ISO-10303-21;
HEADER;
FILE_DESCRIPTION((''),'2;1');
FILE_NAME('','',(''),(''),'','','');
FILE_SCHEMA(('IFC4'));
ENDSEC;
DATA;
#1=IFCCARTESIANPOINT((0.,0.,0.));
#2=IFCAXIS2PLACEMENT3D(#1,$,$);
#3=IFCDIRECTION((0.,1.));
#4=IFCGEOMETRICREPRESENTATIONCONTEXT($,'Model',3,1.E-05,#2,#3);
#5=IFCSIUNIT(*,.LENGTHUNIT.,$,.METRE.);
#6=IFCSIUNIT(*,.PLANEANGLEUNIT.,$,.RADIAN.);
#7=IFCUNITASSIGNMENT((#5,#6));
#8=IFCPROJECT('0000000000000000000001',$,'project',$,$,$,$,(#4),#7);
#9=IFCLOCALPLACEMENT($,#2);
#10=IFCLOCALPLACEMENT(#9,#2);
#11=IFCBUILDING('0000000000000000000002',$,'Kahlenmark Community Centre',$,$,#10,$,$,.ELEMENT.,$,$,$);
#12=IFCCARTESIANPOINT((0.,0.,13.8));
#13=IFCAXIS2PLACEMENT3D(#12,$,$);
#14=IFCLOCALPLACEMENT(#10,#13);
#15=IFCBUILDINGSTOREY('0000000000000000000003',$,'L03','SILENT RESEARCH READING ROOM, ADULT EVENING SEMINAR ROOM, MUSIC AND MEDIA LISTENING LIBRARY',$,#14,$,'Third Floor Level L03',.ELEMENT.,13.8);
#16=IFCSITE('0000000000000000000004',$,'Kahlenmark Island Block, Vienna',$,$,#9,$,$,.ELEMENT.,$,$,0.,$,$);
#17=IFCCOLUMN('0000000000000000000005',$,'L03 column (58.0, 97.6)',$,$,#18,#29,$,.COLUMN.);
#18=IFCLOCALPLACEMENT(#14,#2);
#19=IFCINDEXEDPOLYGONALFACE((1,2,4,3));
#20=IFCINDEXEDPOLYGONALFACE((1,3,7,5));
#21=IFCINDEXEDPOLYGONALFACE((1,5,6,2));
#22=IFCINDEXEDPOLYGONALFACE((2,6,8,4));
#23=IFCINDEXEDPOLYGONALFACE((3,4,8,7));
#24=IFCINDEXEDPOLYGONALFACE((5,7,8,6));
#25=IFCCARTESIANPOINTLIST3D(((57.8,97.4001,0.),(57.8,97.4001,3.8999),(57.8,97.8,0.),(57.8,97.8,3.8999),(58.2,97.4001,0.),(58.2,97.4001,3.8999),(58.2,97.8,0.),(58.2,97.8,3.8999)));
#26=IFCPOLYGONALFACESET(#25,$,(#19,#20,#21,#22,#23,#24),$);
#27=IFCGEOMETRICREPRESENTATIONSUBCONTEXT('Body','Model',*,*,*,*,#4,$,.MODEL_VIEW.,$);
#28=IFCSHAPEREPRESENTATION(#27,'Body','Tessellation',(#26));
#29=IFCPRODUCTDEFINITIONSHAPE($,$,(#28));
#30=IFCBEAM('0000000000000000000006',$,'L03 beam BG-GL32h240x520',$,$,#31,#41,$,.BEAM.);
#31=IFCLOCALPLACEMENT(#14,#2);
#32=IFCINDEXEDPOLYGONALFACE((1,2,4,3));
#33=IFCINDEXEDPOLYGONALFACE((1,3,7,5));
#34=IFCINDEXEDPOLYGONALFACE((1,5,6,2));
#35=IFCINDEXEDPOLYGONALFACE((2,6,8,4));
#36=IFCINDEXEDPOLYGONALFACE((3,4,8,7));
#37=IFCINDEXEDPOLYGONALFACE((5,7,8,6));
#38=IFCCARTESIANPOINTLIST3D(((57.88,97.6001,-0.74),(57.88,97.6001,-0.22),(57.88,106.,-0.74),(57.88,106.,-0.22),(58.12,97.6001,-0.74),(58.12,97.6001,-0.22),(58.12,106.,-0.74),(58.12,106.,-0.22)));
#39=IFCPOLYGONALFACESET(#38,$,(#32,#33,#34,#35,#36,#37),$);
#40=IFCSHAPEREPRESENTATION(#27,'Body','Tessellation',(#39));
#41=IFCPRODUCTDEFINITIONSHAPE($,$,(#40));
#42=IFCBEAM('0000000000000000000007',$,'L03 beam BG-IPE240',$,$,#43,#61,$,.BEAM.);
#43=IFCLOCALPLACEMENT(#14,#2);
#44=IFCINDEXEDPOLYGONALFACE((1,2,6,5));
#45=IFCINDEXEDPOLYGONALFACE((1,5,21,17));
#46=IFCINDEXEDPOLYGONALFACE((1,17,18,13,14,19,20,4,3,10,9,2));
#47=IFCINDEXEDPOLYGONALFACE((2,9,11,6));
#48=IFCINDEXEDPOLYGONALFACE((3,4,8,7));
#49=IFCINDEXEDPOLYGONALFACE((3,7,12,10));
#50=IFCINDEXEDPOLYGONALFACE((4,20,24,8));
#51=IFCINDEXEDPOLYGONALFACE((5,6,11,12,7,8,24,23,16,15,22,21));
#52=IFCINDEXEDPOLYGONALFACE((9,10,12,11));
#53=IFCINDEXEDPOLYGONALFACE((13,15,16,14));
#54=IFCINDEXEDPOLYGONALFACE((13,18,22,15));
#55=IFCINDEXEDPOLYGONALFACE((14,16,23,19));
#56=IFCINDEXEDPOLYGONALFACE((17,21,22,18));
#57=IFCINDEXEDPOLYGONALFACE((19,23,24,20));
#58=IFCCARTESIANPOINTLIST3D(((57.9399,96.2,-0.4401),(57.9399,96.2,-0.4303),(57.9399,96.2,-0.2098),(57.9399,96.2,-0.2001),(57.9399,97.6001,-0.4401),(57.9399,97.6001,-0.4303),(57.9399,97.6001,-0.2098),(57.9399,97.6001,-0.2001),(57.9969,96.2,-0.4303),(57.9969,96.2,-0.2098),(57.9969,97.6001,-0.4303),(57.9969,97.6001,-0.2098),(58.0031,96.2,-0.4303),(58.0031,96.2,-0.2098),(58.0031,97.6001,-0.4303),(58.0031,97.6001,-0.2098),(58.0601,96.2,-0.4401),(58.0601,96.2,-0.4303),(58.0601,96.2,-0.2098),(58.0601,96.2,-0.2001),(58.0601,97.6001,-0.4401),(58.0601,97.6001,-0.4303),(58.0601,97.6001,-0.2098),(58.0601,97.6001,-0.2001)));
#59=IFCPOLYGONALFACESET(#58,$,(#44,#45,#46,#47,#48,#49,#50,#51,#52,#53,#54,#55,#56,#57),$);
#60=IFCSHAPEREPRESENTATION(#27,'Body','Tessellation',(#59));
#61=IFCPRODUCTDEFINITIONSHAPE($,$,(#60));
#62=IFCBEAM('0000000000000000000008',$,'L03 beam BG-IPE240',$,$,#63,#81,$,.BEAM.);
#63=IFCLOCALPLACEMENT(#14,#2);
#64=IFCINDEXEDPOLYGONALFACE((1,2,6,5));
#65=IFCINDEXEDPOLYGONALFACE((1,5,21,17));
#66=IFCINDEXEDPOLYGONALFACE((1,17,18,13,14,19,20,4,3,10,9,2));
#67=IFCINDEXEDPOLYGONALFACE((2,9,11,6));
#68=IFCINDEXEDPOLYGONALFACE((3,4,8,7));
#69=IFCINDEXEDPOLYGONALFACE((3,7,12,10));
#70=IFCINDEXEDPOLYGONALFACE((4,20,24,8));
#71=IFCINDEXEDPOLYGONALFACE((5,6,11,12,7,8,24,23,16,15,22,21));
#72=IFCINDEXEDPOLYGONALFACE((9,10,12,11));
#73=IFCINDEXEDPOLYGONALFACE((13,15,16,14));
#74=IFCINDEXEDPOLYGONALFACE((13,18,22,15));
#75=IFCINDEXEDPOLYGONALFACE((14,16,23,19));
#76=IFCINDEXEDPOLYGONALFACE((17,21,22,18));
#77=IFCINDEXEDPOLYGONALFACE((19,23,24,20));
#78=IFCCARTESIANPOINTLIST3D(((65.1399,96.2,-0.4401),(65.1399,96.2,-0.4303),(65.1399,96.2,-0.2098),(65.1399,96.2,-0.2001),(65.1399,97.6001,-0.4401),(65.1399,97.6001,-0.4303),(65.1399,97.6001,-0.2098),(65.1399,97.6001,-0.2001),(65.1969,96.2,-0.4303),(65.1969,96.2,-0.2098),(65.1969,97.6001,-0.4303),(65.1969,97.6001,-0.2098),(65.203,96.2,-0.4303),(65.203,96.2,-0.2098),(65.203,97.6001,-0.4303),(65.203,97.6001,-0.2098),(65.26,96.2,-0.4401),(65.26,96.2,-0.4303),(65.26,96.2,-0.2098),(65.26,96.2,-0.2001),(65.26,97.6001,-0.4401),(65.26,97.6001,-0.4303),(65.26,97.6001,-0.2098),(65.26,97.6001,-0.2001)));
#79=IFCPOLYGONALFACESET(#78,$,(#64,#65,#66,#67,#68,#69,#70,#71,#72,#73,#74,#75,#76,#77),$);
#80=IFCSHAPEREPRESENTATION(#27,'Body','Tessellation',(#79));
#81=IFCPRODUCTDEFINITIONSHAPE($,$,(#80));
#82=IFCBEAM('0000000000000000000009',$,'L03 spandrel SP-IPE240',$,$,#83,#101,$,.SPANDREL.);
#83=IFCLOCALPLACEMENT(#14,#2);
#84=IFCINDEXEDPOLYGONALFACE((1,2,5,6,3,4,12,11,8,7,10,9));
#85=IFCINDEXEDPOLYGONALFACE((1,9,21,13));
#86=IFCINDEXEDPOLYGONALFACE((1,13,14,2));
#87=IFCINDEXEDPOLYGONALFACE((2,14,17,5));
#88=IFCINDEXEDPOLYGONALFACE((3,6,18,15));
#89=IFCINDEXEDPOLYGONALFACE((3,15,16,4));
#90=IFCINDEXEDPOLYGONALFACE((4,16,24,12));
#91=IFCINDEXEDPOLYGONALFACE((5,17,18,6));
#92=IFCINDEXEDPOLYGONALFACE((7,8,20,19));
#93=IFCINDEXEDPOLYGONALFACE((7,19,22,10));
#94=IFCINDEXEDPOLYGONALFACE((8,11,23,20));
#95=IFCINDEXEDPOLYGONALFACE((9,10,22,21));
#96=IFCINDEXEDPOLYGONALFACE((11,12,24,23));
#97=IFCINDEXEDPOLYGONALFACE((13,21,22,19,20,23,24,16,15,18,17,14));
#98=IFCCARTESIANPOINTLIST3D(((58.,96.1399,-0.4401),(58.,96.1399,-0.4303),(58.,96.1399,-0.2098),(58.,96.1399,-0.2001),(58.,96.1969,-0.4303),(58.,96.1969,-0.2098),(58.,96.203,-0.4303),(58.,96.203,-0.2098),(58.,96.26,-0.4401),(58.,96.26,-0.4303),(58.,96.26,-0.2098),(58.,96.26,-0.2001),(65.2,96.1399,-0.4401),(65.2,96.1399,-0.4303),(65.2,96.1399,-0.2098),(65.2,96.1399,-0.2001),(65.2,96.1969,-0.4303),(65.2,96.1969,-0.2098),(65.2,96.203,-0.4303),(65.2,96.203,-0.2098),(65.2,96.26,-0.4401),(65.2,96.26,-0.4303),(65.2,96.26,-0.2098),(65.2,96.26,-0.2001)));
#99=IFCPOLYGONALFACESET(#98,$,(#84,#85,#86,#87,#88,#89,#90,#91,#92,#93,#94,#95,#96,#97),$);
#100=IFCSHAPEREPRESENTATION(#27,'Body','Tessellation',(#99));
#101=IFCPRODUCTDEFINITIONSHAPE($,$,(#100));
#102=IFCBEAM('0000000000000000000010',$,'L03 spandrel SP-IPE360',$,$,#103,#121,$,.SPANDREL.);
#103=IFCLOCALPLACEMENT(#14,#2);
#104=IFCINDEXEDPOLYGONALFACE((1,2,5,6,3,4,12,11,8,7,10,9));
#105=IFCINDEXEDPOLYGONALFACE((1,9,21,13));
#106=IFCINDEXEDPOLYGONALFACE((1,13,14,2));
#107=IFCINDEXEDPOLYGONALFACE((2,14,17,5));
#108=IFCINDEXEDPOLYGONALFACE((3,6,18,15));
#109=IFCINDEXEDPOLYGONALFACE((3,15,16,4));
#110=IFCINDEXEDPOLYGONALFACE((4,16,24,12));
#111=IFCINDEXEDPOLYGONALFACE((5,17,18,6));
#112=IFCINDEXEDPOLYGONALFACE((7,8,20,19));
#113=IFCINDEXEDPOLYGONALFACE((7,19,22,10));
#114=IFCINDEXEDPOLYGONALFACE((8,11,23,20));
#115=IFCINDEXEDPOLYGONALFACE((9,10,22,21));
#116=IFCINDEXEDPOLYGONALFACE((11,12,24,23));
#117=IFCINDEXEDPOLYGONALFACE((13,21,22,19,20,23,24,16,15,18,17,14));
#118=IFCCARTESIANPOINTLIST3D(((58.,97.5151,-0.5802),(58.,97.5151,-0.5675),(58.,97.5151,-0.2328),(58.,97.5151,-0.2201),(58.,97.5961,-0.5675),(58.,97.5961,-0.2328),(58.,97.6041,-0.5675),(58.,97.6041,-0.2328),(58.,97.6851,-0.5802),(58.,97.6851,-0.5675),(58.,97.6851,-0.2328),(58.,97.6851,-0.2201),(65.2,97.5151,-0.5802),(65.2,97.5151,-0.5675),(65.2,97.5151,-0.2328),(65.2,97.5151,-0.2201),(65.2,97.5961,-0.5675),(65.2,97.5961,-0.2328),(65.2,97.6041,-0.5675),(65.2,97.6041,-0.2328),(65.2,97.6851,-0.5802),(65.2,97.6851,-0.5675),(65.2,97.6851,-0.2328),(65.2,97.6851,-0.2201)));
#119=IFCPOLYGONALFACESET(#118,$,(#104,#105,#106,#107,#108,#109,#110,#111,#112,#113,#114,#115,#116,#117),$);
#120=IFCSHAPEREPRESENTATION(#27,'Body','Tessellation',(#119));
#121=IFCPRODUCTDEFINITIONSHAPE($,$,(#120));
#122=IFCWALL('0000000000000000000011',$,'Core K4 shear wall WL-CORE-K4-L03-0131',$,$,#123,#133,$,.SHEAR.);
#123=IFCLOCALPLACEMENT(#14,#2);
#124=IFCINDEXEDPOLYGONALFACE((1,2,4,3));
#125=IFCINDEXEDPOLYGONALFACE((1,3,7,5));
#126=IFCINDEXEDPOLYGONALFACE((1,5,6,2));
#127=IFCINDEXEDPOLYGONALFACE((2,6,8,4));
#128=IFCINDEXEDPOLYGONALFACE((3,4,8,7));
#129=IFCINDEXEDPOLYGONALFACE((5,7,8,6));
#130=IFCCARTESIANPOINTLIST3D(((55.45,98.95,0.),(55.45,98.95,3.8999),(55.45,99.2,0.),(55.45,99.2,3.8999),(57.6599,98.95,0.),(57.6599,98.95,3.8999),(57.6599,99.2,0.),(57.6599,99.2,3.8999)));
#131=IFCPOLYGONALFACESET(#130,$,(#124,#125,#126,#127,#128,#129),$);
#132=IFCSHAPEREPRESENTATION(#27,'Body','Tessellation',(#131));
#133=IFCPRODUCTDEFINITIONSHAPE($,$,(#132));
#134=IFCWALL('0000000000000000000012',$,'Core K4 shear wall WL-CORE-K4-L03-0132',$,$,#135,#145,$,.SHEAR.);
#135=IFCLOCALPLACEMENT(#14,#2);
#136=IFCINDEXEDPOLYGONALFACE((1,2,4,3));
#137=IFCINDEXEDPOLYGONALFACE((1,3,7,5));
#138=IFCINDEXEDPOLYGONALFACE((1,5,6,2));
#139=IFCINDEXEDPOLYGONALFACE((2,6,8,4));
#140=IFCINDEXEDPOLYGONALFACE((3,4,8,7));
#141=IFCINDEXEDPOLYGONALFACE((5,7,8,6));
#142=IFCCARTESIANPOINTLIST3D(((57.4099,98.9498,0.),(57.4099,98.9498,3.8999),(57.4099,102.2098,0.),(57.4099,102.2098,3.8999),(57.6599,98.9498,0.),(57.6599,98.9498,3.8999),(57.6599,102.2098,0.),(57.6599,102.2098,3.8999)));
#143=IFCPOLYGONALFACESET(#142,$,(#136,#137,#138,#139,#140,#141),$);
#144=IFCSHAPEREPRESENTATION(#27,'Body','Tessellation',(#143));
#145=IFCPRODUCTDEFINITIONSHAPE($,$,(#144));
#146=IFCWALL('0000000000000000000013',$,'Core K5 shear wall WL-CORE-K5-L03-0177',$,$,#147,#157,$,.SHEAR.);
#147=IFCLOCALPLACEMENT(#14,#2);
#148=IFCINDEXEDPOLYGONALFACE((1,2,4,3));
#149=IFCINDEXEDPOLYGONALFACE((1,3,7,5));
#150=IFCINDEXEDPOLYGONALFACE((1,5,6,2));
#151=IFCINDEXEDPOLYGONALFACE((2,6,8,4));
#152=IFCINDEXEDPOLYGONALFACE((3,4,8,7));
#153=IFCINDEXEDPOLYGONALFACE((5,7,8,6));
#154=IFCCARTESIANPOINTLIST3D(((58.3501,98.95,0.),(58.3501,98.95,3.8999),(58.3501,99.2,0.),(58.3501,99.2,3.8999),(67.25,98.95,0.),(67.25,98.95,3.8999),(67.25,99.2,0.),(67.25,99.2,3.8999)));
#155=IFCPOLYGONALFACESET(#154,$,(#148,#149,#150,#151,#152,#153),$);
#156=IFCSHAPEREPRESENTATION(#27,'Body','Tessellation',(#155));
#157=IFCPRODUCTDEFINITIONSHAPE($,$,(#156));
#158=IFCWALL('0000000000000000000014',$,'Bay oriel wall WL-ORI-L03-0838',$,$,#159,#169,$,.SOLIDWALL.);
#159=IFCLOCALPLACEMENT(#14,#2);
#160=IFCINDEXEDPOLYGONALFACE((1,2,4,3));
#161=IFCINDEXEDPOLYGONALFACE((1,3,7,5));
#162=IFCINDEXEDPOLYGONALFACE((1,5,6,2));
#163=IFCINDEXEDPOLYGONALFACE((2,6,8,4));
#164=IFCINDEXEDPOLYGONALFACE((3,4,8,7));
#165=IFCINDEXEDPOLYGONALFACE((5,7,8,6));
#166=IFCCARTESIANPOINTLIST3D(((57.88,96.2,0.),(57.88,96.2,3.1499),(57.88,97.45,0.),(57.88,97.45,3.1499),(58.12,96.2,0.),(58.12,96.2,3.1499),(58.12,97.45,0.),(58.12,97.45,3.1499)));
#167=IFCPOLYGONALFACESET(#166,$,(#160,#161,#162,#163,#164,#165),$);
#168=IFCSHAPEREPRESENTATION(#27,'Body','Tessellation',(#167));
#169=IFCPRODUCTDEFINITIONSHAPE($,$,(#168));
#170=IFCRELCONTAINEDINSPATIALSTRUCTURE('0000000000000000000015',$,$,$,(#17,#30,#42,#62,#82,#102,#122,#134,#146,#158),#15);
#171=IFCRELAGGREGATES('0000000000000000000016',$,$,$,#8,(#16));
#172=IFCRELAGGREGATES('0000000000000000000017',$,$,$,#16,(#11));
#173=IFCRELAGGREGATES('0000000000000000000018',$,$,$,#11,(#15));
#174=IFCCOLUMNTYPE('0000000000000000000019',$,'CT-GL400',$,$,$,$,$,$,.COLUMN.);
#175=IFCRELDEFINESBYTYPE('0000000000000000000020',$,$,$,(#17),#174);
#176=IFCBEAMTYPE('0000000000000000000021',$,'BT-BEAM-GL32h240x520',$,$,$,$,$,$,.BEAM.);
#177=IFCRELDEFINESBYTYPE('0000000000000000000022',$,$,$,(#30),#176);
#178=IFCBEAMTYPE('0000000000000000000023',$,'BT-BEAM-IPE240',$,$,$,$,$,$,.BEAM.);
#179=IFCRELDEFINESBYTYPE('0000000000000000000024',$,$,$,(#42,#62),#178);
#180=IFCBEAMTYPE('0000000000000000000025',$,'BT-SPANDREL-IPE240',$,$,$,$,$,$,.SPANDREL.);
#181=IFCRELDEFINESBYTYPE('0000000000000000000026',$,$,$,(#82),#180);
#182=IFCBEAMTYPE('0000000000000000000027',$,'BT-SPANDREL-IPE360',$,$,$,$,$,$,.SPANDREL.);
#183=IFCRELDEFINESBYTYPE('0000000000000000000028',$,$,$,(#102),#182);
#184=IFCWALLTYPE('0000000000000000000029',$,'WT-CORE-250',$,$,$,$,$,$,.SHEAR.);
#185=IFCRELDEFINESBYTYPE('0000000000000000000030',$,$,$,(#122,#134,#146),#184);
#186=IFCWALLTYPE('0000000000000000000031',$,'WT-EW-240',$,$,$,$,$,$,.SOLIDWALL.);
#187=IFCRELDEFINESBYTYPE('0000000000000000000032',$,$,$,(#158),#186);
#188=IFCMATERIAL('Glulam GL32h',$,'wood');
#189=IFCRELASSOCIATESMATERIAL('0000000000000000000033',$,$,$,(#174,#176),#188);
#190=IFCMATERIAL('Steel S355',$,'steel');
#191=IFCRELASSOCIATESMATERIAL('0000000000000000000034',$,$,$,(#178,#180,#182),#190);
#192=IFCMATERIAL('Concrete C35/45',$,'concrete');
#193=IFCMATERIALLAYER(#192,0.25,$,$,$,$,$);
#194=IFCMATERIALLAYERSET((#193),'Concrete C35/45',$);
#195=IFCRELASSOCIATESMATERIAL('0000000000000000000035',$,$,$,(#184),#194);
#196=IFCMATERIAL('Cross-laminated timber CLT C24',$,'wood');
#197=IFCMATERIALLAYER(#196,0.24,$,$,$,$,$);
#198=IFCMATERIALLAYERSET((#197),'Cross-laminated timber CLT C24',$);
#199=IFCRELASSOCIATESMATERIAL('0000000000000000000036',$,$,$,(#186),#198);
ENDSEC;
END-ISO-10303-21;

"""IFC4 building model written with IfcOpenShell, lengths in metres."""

from ifc_helpers import new_model, si_unit, direction, frame, frame_2d, origin, origin_2d, place, context, subcontext, project, spatial, rectangle, i_section, extrude, material, layer, layer_set, material_profile, profile_set, type_object, element, save


model = new_model("IFC4")

# Units and contexts
model_context = context("Model", 3, precision=1e-05, world=origin(), true_north=direction((0.0, 1.0)))
body_context = subcontext(model_context, "Body", "Model", "MODEL_VIEW")
ifc_project = project(units=[si_unit("LENGTHUNIT", "METRE"), si_unit("PLANEANGLEUNIT", "RADIAN")], contexts=[model_context])

# Site, building, storey
site_placement = place(None, origin())
site = spatial("IfcSite", under=ifc_project, at=site_placement, Name="Kahlenmark Island Block, Vienna", CompositionType="ELEMENT", RefElevation=0.0)
building_placement = place(site_placement, origin())
building = spatial("IfcBuilding", under=site, at=building_placement, Name="Kahlenmark Community Centre", CompositionType="ELEMENT")
storey_placement = place(building_placement, frame((0.0, 0.0, 13.8)))
storey = spatial("IfcBuildingStorey", under=building, at=storey_placement, Name="L03", Description="SILENT RESEARCH READING ROOM, ADULT EVENING SEMINAR ROOM, MUSIC AND MEDIA LISTENING LIBRARY", LongName="Third Floor Level L03", CompositionType="ELEMENT", Elevation=13.8)

# Column
ifc_material_1 = material(Name="Glulam GL32h", Category="wood")
ifc_material_profile_1 = material_profile(ifc_material_1, rectangle(XDim=0.3999, YDim=0.3999, at=origin_2d()), Name="GL32h 400x400")
ifc_profile_set_1 = profile_set([ifc_material_profile_1], Name="Glulam GL32h")
column_type = type_object("IfcColumnType", Name="CT-GL400", PredefinedType="COLUMN", material=ifc_profile_set_1)
column_placement = place(storey_placement, frame((58.0, 97.6001, 0.0), z_axis=(0.0, 0.0, 1.0), x_axis=(1.0, 0.0, 0.0)))
element("IfcColumn", 1, at=column_placement, inside=storey, type_object=column_type, Name="L03 column (58.0, 97.6)", PredefinedType="COLUMN", context=body_context, shape_type="SweptSolid", body=[
    extrude(rectangle(XDim=0.3999, YDim=0.3999, at=origin_2d()), origin(), (0.0, 0.0, 1.0), 3.8999),
])

# Beams
ifc_material_profile_2 = material_profile(ifc_material_1, rectangle(XDim=0.24, YDim=0.52, at=origin_2d()), Name="GL32h 240x520")
ifc_profile_set_2 = profile_set([ifc_material_profile_2], Name="Glulam GL32h")
beam_type_1 = type_object("IfcBeamType", Name="BT-BEAM-GL32h240x520", PredefinedType="BEAM", material=ifc_profile_set_2)
beam_1_placement = place(storey_placement, frame((58.0, 97.6001, -0.48), z_axis=(0.0, 1.0, 0.0), x_axis=(-1.0, 0.0, 0.0)))
element("IfcBeam", 2, at=beam_1_placement, inside=storey, type_object=beam_type_1, Name="L03 beam BG-GL32h240x520", PredefinedType="BEAM", context=body_context, shape_type="SweptSolid", body=[
    extrude(rectangle(XDim=0.24, YDim=0.52, at=origin_2d()), origin(), (0.0, 0.0, 1.0), 8.3999),
])
ifc_material_2 = material(Name="Steel S355", Category="steel")
ifc_material_profile_3 = material_profile(ifc_material_2, i_section(OverallWidth=0.1201, OverallDepth=0.24, WebThickness=0.0061, FlangeThickness=0.0098, at=origin_2d()), Name="IPE 240")
ifc_profile_set_3 = profile_set([ifc_material_profile_3], Name="Steel S355")
beam_type_2 = type_object("IfcBeamType", Name="BT-BEAM-IPE240", PredefinedType="BEAM", material=ifc_profile_set_3)
for number, where, z_axis, x_axis, name in (
    (3, (58.0, 96.2, -0.3201), (0.0, 1.0, 0.0), (-1.0, 0.0, 0.0), "L03 beam BG-IPE240"),
    (4, (65.2, 96.2, -0.3201), (0.0, 1.0, 0.0), (-1.0, 0.0, 0.0), "L03 beam BG-IPE240"),
):
    element("IfcBeam", number, at=place(storey_placement, frame(where, z_axis=z_axis, x_axis=x_axis)), inside=storey, type_object=beam_type_2, Name=name, PredefinedType="BEAM", context=body_context, shape_type="SweptSolid", body=[
        extrude(i_section(OverallWidth=0.1201, OverallDepth=0.24, WebThickness=0.0061, FlangeThickness=0.0098, at=origin_2d()), origin(), (0.0, 0.0, 1.0), 1.4001),
    ])
ifc_material_profile_4 = material_profile(ifc_material_2, i_section(OverallWidth=0.1201, OverallDepth=0.24, WebThickness=0.0061, FlangeThickness=0.0098, at=origin_2d()), Name="IPE 240")
ifc_profile_set_4 = profile_set([ifc_material_profile_4], Name="Steel S355")
beam_type_3 = type_object("IfcBeamType", Name="BT-SPANDREL-IPE240", PredefinedType="SPANDREL", material=ifc_profile_set_4)
beam_2_placement = place(storey_placement, frame((58.0, 96.2, -0.3201), z_axis=(1.0, 0.0, 0.0), x_axis=(0.0, 1.0, 0.0)))
element("IfcBeam", 5, at=beam_2_placement, inside=storey, type_object=beam_type_3, Name="L03 spandrel SP-IPE240", PredefinedType="SPANDREL", context=body_context, shape_type="SweptSolid", body=[
    extrude(i_section(OverallWidth=0.1201, OverallDepth=0.24, WebThickness=0.0061, FlangeThickness=0.0098, at=origin_2d()), origin(), (0.0, 0.0, 1.0), 7.2),
])
ifc_material_profile_5 = material_profile(ifc_material_2, i_section(OverallWidth=0.1699, OverallDepth=0.3601, WebThickness=0.0081, FlangeThickness=0.0127, at=origin_2d()), Name="IPE 360")
ifc_profile_set_5 = profile_set([ifc_material_profile_5], Name="Steel S355")
beam_type_4 = type_object("IfcBeamType", Name="BT-SPANDREL-IPE360", PredefinedType="SPANDREL", material=ifc_profile_set_5)
beam_3_placement = place(storey_placement, frame((58.0, 97.6001, -0.4001), z_axis=(1.0, 0.0, 0.0), x_axis=(0.0, 1.0, 0.0)))
element("IfcBeam", 6, at=beam_3_placement, inside=storey, type_object=beam_type_4, Name="L03 spandrel SP-IPE360", PredefinedType="SPANDREL", context=body_context, shape_type="SweptSolid", body=[
    extrude(i_section(OverallWidth=0.1699, OverallDepth=0.3601, WebThickness=0.0081, FlangeThickness=0.0127, at=origin_2d()), origin(), (0.0, 0.0, 1.0), 7.2),
])

# Walls
ifc_material_3 = material(Name="Concrete C35/45", Category="concrete")
ifc_layer_1 = layer(ifc_material_3, 0.25)
ifc_layer_set_1 = layer_set([ifc_layer_1], Name="Concrete C35/45")
wall_type_1 = type_object("IfcWallType", Name="WT-CORE-250", PredefinedType="SHEAR", material=ifc_layer_set_1)
wall_1_placement = place(storey_placement, frame((55.45, 99.075, 0.0), z_axis=(0.0, 0.0, 1.0), x_axis=(1.0, 0.0, 0.0)))
element("IfcWall", 7, at=wall_1_placement, inside=storey, type_object=wall_type_1, Name="Core K4 shear wall WL-CORE-K4-L03-0131", PredefinedType="SHEAR", context=body_context, shape_type="SweptSolid", body=[
    extrude(rectangle(XDim=2.21, YDim=0.25, at=frame_2d((1.105, 0.0))), origin(), (0.0, 0.0, 1.0), 3.8999),
])
wall_2_placement = place(storey_placement, frame((57.5349, 98.95, 0.0), z_axis=(0.0, 0.0, 1.0), x_axis=(0.0, 1.0, 0.0)))
element("IfcWall", 8, at=wall_2_placement, inside=storey, type_object=wall_type_1, Name="Core K4 shear wall WL-CORE-K4-L03-0132", PredefinedType="SHEAR", context=body_context, shape_type="SweptSolid", body=[
    extrude(rectangle(XDim=3.26, YDim=0.25, at=frame_2d((1.6299, 0.0))), origin(), (0.0, 0.0, 1.0), 3.8999),
])
wall_3_placement = place(storey_placement, frame((58.3501, 99.075, 0.0), z_axis=(0.0, 0.0, 1.0), x_axis=(1.0, 0.0, 0.0)))
element("IfcWall", 9, at=wall_3_placement, inside=storey, type_object=wall_type_1, Name="Core K5 shear wall WL-CORE-K5-L03-0177", PredefinedType="SHEAR", context=body_context, shape_type="SweptSolid", body=[
    extrude(rectangle(XDim=8.8999, YDim=0.25, at=frame_2d((4.45, 0.0))), origin(), (0.0, 0.0, 1.0), 3.8999),
])
ifc_material_4 = material(Name="Cross-laminated timber CLT C24", Category="wood")
ifc_layer_2 = layer(ifc_material_4, 0.24)
ifc_layer_set_2 = layer_set([ifc_layer_2], Name="Cross-laminated timber CLT C24")
wall_type_2 = type_object("IfcWallType", Name="WT-EW-240", PredefinedType="SOLIDWALL", material=ifc_layer_set_2)
wall_4_placement = place(storey_placement, frame((58.0, 97.45, 0.0), z_axis=(0.0, 0.0, 1.0), x_axis=(0.0, -1.0, 0.0)))
element("IfcWall", 10, at=wall_4_placement, inside=storey, type_object=wall_type_2, Name="Bay oriel wall WL-ORI-L03-0838", PredefinedType="SOLIDWALL", context=body_context, shape_type="SweptSolid", body=[
    extrude(rectangle(XDim=1.25, YDim=0.24, at=frame_2d((0.625, 0.0))), origin(), (0.0, 0.0, 1.0), 3.1499),
])

save(model, "model.ifc")
